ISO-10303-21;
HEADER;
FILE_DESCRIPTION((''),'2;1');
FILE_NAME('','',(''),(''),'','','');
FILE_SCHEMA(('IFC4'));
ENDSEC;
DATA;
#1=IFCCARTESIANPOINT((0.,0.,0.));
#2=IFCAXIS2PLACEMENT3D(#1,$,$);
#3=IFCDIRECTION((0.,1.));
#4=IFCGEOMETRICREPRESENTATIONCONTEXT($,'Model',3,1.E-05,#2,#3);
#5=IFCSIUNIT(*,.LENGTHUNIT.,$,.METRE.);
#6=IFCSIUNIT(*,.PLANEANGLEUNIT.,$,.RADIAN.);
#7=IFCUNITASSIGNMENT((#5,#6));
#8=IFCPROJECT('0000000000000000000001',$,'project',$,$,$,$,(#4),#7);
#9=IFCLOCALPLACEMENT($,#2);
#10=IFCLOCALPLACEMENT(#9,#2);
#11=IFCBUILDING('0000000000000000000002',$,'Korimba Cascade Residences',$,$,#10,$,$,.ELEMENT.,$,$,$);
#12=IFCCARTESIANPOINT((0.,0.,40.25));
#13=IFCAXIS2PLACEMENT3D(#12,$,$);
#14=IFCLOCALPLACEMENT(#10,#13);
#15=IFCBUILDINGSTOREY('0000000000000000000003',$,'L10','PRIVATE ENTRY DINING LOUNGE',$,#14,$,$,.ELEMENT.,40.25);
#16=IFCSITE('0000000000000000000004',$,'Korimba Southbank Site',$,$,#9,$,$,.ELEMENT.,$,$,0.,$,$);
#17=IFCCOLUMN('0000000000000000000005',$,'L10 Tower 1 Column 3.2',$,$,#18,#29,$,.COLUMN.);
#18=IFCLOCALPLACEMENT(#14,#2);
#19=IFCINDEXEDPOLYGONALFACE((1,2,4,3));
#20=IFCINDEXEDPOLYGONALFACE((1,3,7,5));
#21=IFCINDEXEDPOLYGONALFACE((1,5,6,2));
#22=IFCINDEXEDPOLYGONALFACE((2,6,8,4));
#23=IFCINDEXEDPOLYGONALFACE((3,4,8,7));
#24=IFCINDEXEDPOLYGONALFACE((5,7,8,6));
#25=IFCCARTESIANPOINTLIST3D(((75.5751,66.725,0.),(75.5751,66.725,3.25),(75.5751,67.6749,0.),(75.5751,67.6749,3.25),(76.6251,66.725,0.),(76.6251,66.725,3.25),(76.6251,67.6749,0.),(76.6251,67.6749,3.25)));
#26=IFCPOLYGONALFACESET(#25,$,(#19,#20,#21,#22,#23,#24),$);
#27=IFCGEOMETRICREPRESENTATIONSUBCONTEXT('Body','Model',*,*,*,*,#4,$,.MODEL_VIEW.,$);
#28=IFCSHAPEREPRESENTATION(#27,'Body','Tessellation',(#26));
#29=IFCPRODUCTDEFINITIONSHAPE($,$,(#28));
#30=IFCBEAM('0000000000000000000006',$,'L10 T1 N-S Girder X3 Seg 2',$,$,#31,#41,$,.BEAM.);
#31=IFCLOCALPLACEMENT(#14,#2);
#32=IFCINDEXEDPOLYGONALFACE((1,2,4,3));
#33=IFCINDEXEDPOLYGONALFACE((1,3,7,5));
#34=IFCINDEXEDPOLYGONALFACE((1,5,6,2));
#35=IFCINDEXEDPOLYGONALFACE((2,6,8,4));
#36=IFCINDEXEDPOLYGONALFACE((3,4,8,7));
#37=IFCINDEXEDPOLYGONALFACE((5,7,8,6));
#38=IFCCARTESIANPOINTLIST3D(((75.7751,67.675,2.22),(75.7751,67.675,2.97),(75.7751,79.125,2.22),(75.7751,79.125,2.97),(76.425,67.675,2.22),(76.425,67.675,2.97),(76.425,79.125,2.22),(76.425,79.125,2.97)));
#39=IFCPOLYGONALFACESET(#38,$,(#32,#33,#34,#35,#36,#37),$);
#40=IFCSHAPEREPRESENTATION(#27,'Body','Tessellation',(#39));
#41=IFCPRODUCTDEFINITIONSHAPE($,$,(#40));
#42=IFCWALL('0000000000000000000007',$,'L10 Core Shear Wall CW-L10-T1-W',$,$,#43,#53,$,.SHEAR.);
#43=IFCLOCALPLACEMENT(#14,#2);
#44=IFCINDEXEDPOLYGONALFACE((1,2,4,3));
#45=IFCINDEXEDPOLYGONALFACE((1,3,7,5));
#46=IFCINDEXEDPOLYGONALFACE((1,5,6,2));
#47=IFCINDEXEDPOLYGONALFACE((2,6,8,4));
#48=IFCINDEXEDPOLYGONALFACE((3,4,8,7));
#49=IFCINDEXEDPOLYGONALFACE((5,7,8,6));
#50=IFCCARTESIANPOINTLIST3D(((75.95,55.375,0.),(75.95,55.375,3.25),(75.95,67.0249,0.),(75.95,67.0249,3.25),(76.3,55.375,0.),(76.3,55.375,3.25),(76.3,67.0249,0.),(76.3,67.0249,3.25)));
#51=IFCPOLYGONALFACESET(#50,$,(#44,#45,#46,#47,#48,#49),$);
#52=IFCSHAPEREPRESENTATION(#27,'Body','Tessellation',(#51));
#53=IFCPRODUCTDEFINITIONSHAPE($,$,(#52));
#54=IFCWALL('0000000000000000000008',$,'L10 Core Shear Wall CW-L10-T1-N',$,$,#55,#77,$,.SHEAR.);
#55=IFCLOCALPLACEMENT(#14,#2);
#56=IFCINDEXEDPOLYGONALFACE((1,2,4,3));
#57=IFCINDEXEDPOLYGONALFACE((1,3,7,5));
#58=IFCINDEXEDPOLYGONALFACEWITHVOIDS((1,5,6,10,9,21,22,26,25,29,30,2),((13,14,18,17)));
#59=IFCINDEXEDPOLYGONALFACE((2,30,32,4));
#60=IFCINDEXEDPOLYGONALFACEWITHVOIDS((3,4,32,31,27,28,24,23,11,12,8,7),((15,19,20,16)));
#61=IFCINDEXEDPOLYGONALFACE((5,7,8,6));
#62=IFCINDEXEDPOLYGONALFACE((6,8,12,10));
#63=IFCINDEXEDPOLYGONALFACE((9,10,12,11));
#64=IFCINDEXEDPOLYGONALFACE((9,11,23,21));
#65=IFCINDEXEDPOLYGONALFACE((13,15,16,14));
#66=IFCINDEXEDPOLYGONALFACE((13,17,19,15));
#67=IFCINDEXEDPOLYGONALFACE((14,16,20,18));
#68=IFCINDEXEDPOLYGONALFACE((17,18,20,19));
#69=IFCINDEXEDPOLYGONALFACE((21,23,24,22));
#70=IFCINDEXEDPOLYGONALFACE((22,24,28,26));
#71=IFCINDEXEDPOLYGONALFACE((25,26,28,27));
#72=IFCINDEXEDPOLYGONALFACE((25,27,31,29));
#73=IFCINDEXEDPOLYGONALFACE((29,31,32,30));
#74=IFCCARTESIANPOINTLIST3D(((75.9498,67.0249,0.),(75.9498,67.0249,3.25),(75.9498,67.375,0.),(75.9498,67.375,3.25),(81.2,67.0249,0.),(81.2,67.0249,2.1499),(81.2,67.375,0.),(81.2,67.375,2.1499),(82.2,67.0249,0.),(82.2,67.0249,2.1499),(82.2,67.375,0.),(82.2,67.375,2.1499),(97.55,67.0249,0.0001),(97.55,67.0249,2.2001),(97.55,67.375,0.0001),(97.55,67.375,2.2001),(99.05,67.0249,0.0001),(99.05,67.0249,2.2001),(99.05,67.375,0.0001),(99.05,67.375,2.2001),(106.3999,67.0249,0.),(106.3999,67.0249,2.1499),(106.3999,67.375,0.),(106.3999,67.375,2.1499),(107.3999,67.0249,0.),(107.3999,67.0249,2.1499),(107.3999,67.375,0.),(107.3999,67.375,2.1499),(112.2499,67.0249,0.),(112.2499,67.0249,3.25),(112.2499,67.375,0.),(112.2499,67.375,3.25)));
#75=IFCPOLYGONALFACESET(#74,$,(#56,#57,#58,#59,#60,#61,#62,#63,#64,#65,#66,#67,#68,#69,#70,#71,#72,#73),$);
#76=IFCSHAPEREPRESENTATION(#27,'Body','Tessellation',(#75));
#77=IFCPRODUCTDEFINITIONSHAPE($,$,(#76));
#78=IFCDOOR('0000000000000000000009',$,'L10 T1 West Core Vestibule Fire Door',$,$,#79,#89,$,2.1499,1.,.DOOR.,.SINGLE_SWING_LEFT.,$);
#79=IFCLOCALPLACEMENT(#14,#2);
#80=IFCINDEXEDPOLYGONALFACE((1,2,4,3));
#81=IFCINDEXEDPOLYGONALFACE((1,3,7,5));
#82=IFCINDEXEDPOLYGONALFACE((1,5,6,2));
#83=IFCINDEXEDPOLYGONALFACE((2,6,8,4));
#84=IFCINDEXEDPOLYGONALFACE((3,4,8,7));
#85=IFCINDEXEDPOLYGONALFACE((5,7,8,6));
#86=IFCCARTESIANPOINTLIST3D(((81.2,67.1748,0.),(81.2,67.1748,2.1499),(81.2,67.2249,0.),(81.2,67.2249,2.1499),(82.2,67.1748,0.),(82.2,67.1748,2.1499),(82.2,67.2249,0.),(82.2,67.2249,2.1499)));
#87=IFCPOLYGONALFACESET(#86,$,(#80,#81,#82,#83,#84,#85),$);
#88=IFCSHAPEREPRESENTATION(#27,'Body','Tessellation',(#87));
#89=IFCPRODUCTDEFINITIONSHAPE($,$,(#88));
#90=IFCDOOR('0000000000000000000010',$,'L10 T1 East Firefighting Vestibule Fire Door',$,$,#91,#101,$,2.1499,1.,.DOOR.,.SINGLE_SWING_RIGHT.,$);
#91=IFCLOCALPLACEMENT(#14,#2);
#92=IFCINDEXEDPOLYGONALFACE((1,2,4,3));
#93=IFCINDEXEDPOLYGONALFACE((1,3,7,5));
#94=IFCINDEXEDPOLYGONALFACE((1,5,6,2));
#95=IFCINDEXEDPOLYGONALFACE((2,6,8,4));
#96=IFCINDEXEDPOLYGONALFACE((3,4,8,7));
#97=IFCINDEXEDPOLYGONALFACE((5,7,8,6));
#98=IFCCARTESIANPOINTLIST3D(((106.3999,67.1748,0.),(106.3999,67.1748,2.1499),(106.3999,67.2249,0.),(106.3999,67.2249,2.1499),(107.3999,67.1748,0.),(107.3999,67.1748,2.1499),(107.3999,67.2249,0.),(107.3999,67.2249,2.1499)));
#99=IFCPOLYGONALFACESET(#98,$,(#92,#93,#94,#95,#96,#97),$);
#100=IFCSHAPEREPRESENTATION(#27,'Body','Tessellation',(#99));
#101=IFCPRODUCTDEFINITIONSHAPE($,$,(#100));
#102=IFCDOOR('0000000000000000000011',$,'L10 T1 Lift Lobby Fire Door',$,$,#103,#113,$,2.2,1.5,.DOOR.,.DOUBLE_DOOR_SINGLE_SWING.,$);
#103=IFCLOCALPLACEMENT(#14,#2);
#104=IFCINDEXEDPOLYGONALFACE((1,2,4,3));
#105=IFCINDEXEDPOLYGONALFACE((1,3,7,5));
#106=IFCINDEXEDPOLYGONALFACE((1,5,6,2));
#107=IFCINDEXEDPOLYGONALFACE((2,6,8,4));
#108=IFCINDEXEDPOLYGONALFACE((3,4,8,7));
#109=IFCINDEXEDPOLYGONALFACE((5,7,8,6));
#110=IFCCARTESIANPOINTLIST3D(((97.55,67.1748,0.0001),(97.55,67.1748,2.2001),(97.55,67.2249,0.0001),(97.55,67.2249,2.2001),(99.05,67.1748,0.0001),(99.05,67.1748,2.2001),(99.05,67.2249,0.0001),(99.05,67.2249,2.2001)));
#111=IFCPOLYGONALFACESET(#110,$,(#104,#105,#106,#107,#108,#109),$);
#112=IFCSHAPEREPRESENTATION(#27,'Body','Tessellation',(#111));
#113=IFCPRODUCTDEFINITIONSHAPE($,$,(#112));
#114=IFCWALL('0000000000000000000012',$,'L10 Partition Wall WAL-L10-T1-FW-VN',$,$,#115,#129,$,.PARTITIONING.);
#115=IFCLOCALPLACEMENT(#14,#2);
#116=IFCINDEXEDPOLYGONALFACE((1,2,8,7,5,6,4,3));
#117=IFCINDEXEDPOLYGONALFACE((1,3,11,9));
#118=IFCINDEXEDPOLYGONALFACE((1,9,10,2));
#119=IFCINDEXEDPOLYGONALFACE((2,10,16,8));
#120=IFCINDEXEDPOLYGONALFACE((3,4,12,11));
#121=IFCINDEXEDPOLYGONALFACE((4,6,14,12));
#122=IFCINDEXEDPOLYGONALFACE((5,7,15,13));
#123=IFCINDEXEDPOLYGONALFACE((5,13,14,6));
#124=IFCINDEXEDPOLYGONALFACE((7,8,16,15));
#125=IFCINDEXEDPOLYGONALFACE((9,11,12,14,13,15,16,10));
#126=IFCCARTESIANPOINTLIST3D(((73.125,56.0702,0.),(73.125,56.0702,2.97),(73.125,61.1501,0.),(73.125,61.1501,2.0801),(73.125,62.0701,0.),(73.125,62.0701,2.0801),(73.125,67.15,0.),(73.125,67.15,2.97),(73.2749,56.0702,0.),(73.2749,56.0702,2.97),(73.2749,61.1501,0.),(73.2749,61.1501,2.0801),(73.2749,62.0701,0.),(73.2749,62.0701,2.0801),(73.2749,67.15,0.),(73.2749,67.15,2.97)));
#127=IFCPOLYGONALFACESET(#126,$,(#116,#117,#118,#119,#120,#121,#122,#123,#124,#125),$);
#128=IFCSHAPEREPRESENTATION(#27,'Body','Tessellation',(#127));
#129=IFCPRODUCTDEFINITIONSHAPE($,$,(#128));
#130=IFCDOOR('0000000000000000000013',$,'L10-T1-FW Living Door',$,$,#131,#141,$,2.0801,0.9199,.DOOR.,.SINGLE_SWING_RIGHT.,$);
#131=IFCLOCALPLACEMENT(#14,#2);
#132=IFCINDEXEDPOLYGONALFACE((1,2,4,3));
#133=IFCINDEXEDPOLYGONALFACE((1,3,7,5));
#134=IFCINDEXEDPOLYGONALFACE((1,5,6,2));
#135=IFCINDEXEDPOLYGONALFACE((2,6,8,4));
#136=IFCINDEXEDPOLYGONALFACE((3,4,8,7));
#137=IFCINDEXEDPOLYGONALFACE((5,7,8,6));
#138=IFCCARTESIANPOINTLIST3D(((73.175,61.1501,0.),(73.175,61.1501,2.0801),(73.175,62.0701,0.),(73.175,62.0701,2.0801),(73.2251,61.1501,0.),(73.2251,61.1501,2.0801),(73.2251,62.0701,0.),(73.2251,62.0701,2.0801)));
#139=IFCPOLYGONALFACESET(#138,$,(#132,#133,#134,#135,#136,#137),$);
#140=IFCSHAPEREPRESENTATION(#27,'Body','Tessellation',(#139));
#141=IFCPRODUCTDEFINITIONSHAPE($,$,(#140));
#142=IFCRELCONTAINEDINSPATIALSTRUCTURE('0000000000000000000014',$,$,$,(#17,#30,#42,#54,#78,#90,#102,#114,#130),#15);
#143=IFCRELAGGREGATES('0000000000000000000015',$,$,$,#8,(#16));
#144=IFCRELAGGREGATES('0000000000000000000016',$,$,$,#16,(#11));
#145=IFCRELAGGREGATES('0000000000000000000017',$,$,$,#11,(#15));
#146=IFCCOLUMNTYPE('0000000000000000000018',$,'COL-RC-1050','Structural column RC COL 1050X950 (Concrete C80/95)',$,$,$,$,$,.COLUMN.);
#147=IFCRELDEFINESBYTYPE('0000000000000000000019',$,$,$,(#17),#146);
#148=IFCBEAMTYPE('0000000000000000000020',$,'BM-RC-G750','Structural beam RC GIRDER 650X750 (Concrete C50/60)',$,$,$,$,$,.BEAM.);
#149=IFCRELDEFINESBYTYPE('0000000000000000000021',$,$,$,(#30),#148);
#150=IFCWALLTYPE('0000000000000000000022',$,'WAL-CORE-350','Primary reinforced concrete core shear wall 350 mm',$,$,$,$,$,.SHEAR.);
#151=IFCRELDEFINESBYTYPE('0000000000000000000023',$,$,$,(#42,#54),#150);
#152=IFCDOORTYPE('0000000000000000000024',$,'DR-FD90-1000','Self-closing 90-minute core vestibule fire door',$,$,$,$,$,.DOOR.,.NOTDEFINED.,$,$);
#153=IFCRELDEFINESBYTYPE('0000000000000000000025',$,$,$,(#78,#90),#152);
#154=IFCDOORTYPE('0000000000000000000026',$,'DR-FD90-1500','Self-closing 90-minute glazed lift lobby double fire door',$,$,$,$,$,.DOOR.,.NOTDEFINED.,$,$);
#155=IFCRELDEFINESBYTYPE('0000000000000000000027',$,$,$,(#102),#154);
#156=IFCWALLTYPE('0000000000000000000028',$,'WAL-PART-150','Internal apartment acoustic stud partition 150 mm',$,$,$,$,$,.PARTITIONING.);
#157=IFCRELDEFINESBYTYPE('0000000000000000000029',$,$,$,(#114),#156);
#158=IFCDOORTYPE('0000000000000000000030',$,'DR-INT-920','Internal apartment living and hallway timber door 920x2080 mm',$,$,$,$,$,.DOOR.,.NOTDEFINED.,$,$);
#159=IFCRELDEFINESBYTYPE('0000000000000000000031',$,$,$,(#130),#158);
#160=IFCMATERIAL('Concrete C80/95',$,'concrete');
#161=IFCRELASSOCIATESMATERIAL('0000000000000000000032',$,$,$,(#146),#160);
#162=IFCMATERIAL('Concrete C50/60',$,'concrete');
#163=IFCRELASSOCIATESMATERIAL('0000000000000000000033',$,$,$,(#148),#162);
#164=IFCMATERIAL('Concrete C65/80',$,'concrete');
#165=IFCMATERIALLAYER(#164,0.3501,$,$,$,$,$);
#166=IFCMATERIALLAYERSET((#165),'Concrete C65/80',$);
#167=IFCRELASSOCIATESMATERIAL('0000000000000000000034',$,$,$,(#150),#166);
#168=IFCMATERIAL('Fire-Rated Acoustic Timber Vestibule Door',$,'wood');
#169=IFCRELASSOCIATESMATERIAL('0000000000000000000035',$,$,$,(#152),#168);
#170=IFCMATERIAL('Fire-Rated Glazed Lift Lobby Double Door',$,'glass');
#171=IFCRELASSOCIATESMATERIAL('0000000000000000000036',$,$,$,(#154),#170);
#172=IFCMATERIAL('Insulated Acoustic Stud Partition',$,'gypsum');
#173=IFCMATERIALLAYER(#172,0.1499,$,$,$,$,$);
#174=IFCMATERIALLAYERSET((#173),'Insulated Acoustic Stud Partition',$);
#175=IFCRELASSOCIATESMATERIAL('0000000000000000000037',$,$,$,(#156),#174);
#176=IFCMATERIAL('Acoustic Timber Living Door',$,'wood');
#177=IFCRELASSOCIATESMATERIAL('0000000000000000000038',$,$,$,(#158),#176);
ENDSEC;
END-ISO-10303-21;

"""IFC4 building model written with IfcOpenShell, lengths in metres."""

from ifc_helpers import new_model, si_unit, direction, frame, frame_2d, origin, origin_2d, place, context, subcontext, project, spatial, rectangle, extrude, material, layer, layer_set, material_profile, profile_set, type_object, element, fill, save


model = new_model("IFC4")

# Units and contexts
model_context = context("Model", 3, precision=1e-05, world=origin(), true_north=direction((0.0, 1.0)))
body_context = subcontext(model_context, "Body", "Model", "MODEL_VIEW")
ifc_project = project(units=[si_unit("LENGTHUNIT", "METRE"), si_unit("PLANEANGLEUNIT", "RADIAN")], contexts=[model_context])

# Site, building, storey
site_placement = place(None, origin())
site = spatial("IfcSite", under=ifc_project, at=site_placement, Name="Korimba Southbank Site", CompositionType="ELEMENT", RefElevation=0.0)
building_placement = place(site_placement, origin())
building = spatial("IfcBuilding", under=site, at=building_placement, Name="Korimba Cascade Residences", CompositionType="ELEMENT")
storey_placement = place(building_placement, frame((0.0, 0.0, 40.25)))
storey = spatial("IfcBuildingStorey", under=building, at=storey_placement, Name="L10", Description="PRIVATE ENTRY DINING LOUNGE", CompositionType="ELEMENT", Elevation=40.25)

# Column
ifc_material_1 = material(Name="Concrete C80/95", Category="concrete")
ifc_material_profile_1 = material_profile(ifc_material_1, rectangle(XDim=1.05, YDim=0.95, at=origin_2d()), Name="Concrete C80/95")
ifc_profile_set_1 = profile_set([ifc_material_profile_1], Name="Concrete C80/95")
column_type = type_object("IfcColumnType", Name="COL-RC-1050", Description="Structural column RC COL 1050X950 (Concrete C80/95)", PredefinedType="COLUMN", material=ifc_profile_set_1)
column_placement = place(storey_placement, frame((76.1001, 67.2, 0.0), z_axis=(0.0, 0.0, 1.0), x_axis=(1.0, 0.0, 0.0)))
element("IfcColumn", 1, at=column_placement, inside=storey, type_object=column_type, Name="L10 Tower 1 Column 3.2", PredefinedType="COLUMN", context=body_context, shape_type="SweptSolid", body=[
    extrude(rectangle(XDim=1.05, YDim=0.95, at=origin_2d()), origin(), (0.0, 0.0, 1.0), 3.25),
])

# Beam
ifc_material_2 = material(Name="Concrete C50/60", Category="concrete")
ifc_material_profile_2 = material_profile(ifc_material_2, rectangle(XDim=0.6499, YDim=0.75, at=origin_2d()), Name="Concrete C50/60")
ifc_profile_set_2 = profile_set([ifc_material_profile_2], Name="Concrete C50/60")
beam_type = type_object("IfcBeamType", Name="BM-RC-G750", Description="Structural beam RC GIRDER 650X750 (Concrete C50/60)", PredefinedType="BEAM", material=ifc_profile_set_2)
beam_placement = place(storey_placement, frame((76.1001, 67.675, 2.595), z_axis=(0.0, 1.0, 0.0), x_axis=(-1.0, 0.0, 0.0)))
element("IfcBeam", 2, at=beam_placement, inside=storey, type_object=beam_type, Name="L10 T1 N-S Girder X3 Seg 2", PredefinedType="BEAM", context=body_context, shape_type="SweptSolid", body=[
    extrude(rectangle(XDim=0.6499, YDim=0.75, at=origin_2d()), origin(), (0.0, 0.0, 1.0), 11.45),
])

# Wall
ifc_material_3 = material(Name="Concrete C65/80", Category="concrete")
ifc_layer_1 = layer(ifc_material_3, 0.3501)
ifc_layer_set_1 = layer_set([ifc_layer_1], Name="Concrete C65/80")
wall_type_1 = type_object("IfcWallType", Name="WAL-CORE-350", Description="Primary reinforced concrete core shear wall 350 mm", PredefinedType="SHEAR", material=ifc_layer_set_1)
wall_1_placement = place(storey_placement, frame((76.125, 55.375, 0.0), z_axis=(0.0, 0.0, 1.0), x_axis=(0.0, 1.0, 0.0)))
element("IfcWall", 3, at=wall_1_placement, inside=storey, type_object=wall_type_1, Name="L10 Core Shear Wall CW-L10-T1-W", PredefinedType="SHEAR", context=body_context, shape_type="SweptSolid", body=[
    extrude(rectangle(XDim=11.6499, YDim=0.3501, at=frame_2d((5.825, 0.0))), origin(), (0.0, 0.0, 1.0), 3.25),
])

# Wall, openings, doors
wall_2_placement = place(storey_placement, frame((75.95, 67.2, 0.0), z_axis=(0.0, 0.0, 1.0), x_axis=(1.0, 0.0, 0.0)))
wall_2 = element("IfcWall", 4, at=wall_2_placement, inside=storey, type_object=wall_type_1, Name="L10 Core Shear Wall CW-L10-T1-N", PredefinedType="SHEAR", context=body_context, shape_type="SweptSolid", body=[
    extrude(rectangle(XDim=36.3, YDim=0.3501, at=frame_2d((18.1499, 0.0))), origin(), (0.0, 0.0, 1.0), 3.25),
])
opening_1_placement = place(wall_2_placement, frame((5.25, 0.0, 0.0)))
opening_1 = element("IfcOpeningElement", 5, at=opening_1_placement, cuts=wall_2, PredefinedType="OPENING", context=body_context, shape_type="SweptSolid", body=[
    extrude(rectangle(XDim=1.0, YDim=2.1499, at=frame_2d((0.5, 1.075))), frame((0.0, 0.1851, 0.0), z_axis=(0.0, -1.0, 0.0), x_axis=(1.0, 0.0, 0.0)), (0.0, 0.0, 1.0), 0.3701),
])
opening_2_placement = place(wall_2_placement, frame((21.6001, 0.0, 0.0)))
opening_2 = element("IfcOpeningElement", 6, at=opening_2_placement, cuts=wall_2, PredefinedType="OPENING", context=body_context, shape_type="SweptSolid", body=[
    extrude(rectangle(XDim=1.5, YDim=2.2, at=frame_2d((0.75, 1.1001))), frame((0.0, 0.1851, 0.0), z_axis=(0.0, -1.0, 0.0), x_axis=(1.0, 0.0, 0.0)), (0.0, 0.0, 1.0), 0.3701),
])
opening_3_placement = place(wall_2_placement, frame((30.45, 0.0, 0.0)))
opening_3 = element("IfcOpeningElement", 7, at=opening_3_placement, cuts=wall_2, PredefinedType="OPENING", context=body_context, shape_type="SweptSolid", body=[
    extrude(rectangle(XDim=1.0, YDim=2.1499, at=frame_2d((0.5, 1.075))), frame((0.0, 0.1851, 0.0), z_axis=(0.0, -1.0, 0.0), x_axis=(1.0, 0.0, 0.0)), (0.0, 0.0, 1.0), 0.3701),
])
ifc_material_4 = material(Name="Fire-Rated Acoustic Timber Vestibule Door", Category="wood")
door_type_1 = type_object("IfcDoorType", Name="DR-FD90-1000", Description="Self-closing 90-minute core vestibule fire door", OperationType="NOTDEFINED", PredefinedType="DOOR", material=ifc_material_4)
door_1_placement = place(opening_1_placement, origin())
door_1 = element("IfcDoor", 8, at=door_1_placement, inside=storey, type_object=door_type_1, Name="L10 T1 West Core Vestibule Fire Door", OperationType="SINGLE_SWING_LEFT", OverallHeight=2.1499, OverallWidth=1.0, PredefinedType="DOOR", context=body_context, shape_type="SweptSolid", body=[
    extrude(rectangle(XDim=1.0, YDim=2.1499, at=frame_2d((0.5, 1.075))), frame((0.0, 0.0249, 0.0), z_axis=(0.0, -1.0, 0.0), x_axis=(1.0, 0.0, 0.0)), (0.0, 0.0, 1.0), 0.05),
])
fill(opening_1, door_1)
door_2_placement = place(opening_3_placement, origin())
door_2 = element("IfcDoor", 9, at=door_2_placement, inside=storey, type_object=door_type_1, Name="L10 T1 East Firefighting Vestibule Fire Door", OperationType="SINGLE_SWING_RIGHT", OverallHeight=2.1499, OverallWidth=1.0, PredefinedType="DOOR", context=body_context, shape_type="SweptSolid", body=[
    extrude(rectangle(XDim=1.0, YDim=2.1499, at=frame_2d((0.5, 1.075))), frame((0.0, 0.0249, 0.0), z_axis=(0.0, -1.0, 0.0), x_axis=(1.0, 0.0, 0.0)), (0.0, 0.0, 1.0), 0.05),
])
fill(opening_3, door_2)
ifc_material_5 = material(Name="Fire-Rated Glazed Lift Lobby Double Door", Category="glass")
door_type_2 = type_object("IfcDoorType", Name="DR-FD90-1500", Description="Self-closing 90-minute glazed lift lobby double fire door", OperationType="NOTDEFINED", PredefinedType="DOOR", material=ifc_material_5)
door_3_placement = place(opening_2_placement, origin())
door_3 = element("IfcDoor", 10, at=door_3_placement, inside=storey, type_object=door_type_2, Name="L10 T1 Lift Lobby Fire Door", OperationType="DOUBLE_DOOR_SINGLE_SWING", OverallHeight=2.2, OverallWidth=1.5, PredefinedType="DOOR", context=body_context, shape_type="SweptSolid", body=[
    extrude(rectangle(XDim=1.5, YDim=2.2, at=frame_2d((0.75, 1.1001))), frame((0.0, 0.0249, 0.0), z_axis=(0.0, -1.0, 0.0), x_axis=(1.0, 0.0, 0.0)), (0.0, 0.0, 1.0), 0.05),
])
fill(opening_2, door_3)

# Wall, opening, door
ifc_material_6 = material(Name="Insulated Acoustic Stud Partition", Category="gypsum")
ifc_layer_2 = layer(ifc_material_6, 0.1499)
ifc_layer_set_2 = layer_set([ifc_layer_2], Name="Insulated Acoustic Stud Partition")
wall_type_2 = type_object("IfcWallType", Name="WAL-PART-150", Description="Internal apartment acoustic stud partition 150 mm", PredefinedType="PARTITIONING", material=ifc_layer_set_2)
wall_3_placement = place(storey_placement, frame((73.2, 56.0701, 0.0), z_axis=(0.0, 0.0, 1.0), x_axis=(0.0, 1.0, 0.0)))
wall_3 = element("IfcWall", 11, at=wall_3_placement, inside=storey, type_object=wall_type_2, Name="L10 Partition Wall WAL-L10-T1-FW-VN", PredefinedType="PARTITIONING", context=body_context, shape_type="SweptSolid", body=[
    extrude(rectangle(XDim=11.0798, YDim=0.1499, at=frame_2d((5.54, 0.0))), origin(), (0.0, 0.0, 1.0), 2.97),
])
opening_4_placement = place(wall_3_placement, frame((5.0801, 0.0, 0.0)))
opening_4 = element("IfcOpeningElement", 12, at=opening_4_placement, cuts=wall_3, PredefinedType="OPENING", context=body_context, shape_type="SweptSolid", body=[
    extrude(rectangle(XDim=0.9199, YDim=2.0801, at=frame_2d((0.46, 1.04))), frame((0.0, 0.085, 0.0), z_axis=(0.0, -1.0, 0.0), x_axis=(1.0, 0.0, 0.0)), (0.0, 0.0, 1.0), 0.1699),
])
ifc_material_7 = material(Name="Acoustic Timber Living Door", Category="wood")
door_type_3 = type_object("IfcDoorType", Name="DR-INT-920", Description="Internal apartment living and hallway timber door 920x2080 mm", OperationType="NOTDEFINED", PredefinedType="DOOR", material=ifc_material_7)
door_4_placement = place(opening_4_placement, origin())
door_4 = element("IfcDoor", 13, at=door_4_placement, inside=storey, type_object=door_type_3, Name="L10-T1-FW Living Door", OperationType="SINGLE_SWING_RIGHT", OverallHeight=2.0801, OverallWidth=0.9199, PredefinedType="DOOR", context=body_context, shape_type="SweptSolid", body=[
    extrude(rectangle(XDim=0.9199, YDim=2.0801, at=frame_2d((0.46, 1.04))), frame((0.0, 0.0249, 0.0), z_axis=(0.0, -1.0, 0.0), x_axis=(1.0, 0.0, 0.0)), (0.0, 0.0, 1.0), 0.05),
])
fill(opening_4, door_4)

save(model, "model.ifc")
